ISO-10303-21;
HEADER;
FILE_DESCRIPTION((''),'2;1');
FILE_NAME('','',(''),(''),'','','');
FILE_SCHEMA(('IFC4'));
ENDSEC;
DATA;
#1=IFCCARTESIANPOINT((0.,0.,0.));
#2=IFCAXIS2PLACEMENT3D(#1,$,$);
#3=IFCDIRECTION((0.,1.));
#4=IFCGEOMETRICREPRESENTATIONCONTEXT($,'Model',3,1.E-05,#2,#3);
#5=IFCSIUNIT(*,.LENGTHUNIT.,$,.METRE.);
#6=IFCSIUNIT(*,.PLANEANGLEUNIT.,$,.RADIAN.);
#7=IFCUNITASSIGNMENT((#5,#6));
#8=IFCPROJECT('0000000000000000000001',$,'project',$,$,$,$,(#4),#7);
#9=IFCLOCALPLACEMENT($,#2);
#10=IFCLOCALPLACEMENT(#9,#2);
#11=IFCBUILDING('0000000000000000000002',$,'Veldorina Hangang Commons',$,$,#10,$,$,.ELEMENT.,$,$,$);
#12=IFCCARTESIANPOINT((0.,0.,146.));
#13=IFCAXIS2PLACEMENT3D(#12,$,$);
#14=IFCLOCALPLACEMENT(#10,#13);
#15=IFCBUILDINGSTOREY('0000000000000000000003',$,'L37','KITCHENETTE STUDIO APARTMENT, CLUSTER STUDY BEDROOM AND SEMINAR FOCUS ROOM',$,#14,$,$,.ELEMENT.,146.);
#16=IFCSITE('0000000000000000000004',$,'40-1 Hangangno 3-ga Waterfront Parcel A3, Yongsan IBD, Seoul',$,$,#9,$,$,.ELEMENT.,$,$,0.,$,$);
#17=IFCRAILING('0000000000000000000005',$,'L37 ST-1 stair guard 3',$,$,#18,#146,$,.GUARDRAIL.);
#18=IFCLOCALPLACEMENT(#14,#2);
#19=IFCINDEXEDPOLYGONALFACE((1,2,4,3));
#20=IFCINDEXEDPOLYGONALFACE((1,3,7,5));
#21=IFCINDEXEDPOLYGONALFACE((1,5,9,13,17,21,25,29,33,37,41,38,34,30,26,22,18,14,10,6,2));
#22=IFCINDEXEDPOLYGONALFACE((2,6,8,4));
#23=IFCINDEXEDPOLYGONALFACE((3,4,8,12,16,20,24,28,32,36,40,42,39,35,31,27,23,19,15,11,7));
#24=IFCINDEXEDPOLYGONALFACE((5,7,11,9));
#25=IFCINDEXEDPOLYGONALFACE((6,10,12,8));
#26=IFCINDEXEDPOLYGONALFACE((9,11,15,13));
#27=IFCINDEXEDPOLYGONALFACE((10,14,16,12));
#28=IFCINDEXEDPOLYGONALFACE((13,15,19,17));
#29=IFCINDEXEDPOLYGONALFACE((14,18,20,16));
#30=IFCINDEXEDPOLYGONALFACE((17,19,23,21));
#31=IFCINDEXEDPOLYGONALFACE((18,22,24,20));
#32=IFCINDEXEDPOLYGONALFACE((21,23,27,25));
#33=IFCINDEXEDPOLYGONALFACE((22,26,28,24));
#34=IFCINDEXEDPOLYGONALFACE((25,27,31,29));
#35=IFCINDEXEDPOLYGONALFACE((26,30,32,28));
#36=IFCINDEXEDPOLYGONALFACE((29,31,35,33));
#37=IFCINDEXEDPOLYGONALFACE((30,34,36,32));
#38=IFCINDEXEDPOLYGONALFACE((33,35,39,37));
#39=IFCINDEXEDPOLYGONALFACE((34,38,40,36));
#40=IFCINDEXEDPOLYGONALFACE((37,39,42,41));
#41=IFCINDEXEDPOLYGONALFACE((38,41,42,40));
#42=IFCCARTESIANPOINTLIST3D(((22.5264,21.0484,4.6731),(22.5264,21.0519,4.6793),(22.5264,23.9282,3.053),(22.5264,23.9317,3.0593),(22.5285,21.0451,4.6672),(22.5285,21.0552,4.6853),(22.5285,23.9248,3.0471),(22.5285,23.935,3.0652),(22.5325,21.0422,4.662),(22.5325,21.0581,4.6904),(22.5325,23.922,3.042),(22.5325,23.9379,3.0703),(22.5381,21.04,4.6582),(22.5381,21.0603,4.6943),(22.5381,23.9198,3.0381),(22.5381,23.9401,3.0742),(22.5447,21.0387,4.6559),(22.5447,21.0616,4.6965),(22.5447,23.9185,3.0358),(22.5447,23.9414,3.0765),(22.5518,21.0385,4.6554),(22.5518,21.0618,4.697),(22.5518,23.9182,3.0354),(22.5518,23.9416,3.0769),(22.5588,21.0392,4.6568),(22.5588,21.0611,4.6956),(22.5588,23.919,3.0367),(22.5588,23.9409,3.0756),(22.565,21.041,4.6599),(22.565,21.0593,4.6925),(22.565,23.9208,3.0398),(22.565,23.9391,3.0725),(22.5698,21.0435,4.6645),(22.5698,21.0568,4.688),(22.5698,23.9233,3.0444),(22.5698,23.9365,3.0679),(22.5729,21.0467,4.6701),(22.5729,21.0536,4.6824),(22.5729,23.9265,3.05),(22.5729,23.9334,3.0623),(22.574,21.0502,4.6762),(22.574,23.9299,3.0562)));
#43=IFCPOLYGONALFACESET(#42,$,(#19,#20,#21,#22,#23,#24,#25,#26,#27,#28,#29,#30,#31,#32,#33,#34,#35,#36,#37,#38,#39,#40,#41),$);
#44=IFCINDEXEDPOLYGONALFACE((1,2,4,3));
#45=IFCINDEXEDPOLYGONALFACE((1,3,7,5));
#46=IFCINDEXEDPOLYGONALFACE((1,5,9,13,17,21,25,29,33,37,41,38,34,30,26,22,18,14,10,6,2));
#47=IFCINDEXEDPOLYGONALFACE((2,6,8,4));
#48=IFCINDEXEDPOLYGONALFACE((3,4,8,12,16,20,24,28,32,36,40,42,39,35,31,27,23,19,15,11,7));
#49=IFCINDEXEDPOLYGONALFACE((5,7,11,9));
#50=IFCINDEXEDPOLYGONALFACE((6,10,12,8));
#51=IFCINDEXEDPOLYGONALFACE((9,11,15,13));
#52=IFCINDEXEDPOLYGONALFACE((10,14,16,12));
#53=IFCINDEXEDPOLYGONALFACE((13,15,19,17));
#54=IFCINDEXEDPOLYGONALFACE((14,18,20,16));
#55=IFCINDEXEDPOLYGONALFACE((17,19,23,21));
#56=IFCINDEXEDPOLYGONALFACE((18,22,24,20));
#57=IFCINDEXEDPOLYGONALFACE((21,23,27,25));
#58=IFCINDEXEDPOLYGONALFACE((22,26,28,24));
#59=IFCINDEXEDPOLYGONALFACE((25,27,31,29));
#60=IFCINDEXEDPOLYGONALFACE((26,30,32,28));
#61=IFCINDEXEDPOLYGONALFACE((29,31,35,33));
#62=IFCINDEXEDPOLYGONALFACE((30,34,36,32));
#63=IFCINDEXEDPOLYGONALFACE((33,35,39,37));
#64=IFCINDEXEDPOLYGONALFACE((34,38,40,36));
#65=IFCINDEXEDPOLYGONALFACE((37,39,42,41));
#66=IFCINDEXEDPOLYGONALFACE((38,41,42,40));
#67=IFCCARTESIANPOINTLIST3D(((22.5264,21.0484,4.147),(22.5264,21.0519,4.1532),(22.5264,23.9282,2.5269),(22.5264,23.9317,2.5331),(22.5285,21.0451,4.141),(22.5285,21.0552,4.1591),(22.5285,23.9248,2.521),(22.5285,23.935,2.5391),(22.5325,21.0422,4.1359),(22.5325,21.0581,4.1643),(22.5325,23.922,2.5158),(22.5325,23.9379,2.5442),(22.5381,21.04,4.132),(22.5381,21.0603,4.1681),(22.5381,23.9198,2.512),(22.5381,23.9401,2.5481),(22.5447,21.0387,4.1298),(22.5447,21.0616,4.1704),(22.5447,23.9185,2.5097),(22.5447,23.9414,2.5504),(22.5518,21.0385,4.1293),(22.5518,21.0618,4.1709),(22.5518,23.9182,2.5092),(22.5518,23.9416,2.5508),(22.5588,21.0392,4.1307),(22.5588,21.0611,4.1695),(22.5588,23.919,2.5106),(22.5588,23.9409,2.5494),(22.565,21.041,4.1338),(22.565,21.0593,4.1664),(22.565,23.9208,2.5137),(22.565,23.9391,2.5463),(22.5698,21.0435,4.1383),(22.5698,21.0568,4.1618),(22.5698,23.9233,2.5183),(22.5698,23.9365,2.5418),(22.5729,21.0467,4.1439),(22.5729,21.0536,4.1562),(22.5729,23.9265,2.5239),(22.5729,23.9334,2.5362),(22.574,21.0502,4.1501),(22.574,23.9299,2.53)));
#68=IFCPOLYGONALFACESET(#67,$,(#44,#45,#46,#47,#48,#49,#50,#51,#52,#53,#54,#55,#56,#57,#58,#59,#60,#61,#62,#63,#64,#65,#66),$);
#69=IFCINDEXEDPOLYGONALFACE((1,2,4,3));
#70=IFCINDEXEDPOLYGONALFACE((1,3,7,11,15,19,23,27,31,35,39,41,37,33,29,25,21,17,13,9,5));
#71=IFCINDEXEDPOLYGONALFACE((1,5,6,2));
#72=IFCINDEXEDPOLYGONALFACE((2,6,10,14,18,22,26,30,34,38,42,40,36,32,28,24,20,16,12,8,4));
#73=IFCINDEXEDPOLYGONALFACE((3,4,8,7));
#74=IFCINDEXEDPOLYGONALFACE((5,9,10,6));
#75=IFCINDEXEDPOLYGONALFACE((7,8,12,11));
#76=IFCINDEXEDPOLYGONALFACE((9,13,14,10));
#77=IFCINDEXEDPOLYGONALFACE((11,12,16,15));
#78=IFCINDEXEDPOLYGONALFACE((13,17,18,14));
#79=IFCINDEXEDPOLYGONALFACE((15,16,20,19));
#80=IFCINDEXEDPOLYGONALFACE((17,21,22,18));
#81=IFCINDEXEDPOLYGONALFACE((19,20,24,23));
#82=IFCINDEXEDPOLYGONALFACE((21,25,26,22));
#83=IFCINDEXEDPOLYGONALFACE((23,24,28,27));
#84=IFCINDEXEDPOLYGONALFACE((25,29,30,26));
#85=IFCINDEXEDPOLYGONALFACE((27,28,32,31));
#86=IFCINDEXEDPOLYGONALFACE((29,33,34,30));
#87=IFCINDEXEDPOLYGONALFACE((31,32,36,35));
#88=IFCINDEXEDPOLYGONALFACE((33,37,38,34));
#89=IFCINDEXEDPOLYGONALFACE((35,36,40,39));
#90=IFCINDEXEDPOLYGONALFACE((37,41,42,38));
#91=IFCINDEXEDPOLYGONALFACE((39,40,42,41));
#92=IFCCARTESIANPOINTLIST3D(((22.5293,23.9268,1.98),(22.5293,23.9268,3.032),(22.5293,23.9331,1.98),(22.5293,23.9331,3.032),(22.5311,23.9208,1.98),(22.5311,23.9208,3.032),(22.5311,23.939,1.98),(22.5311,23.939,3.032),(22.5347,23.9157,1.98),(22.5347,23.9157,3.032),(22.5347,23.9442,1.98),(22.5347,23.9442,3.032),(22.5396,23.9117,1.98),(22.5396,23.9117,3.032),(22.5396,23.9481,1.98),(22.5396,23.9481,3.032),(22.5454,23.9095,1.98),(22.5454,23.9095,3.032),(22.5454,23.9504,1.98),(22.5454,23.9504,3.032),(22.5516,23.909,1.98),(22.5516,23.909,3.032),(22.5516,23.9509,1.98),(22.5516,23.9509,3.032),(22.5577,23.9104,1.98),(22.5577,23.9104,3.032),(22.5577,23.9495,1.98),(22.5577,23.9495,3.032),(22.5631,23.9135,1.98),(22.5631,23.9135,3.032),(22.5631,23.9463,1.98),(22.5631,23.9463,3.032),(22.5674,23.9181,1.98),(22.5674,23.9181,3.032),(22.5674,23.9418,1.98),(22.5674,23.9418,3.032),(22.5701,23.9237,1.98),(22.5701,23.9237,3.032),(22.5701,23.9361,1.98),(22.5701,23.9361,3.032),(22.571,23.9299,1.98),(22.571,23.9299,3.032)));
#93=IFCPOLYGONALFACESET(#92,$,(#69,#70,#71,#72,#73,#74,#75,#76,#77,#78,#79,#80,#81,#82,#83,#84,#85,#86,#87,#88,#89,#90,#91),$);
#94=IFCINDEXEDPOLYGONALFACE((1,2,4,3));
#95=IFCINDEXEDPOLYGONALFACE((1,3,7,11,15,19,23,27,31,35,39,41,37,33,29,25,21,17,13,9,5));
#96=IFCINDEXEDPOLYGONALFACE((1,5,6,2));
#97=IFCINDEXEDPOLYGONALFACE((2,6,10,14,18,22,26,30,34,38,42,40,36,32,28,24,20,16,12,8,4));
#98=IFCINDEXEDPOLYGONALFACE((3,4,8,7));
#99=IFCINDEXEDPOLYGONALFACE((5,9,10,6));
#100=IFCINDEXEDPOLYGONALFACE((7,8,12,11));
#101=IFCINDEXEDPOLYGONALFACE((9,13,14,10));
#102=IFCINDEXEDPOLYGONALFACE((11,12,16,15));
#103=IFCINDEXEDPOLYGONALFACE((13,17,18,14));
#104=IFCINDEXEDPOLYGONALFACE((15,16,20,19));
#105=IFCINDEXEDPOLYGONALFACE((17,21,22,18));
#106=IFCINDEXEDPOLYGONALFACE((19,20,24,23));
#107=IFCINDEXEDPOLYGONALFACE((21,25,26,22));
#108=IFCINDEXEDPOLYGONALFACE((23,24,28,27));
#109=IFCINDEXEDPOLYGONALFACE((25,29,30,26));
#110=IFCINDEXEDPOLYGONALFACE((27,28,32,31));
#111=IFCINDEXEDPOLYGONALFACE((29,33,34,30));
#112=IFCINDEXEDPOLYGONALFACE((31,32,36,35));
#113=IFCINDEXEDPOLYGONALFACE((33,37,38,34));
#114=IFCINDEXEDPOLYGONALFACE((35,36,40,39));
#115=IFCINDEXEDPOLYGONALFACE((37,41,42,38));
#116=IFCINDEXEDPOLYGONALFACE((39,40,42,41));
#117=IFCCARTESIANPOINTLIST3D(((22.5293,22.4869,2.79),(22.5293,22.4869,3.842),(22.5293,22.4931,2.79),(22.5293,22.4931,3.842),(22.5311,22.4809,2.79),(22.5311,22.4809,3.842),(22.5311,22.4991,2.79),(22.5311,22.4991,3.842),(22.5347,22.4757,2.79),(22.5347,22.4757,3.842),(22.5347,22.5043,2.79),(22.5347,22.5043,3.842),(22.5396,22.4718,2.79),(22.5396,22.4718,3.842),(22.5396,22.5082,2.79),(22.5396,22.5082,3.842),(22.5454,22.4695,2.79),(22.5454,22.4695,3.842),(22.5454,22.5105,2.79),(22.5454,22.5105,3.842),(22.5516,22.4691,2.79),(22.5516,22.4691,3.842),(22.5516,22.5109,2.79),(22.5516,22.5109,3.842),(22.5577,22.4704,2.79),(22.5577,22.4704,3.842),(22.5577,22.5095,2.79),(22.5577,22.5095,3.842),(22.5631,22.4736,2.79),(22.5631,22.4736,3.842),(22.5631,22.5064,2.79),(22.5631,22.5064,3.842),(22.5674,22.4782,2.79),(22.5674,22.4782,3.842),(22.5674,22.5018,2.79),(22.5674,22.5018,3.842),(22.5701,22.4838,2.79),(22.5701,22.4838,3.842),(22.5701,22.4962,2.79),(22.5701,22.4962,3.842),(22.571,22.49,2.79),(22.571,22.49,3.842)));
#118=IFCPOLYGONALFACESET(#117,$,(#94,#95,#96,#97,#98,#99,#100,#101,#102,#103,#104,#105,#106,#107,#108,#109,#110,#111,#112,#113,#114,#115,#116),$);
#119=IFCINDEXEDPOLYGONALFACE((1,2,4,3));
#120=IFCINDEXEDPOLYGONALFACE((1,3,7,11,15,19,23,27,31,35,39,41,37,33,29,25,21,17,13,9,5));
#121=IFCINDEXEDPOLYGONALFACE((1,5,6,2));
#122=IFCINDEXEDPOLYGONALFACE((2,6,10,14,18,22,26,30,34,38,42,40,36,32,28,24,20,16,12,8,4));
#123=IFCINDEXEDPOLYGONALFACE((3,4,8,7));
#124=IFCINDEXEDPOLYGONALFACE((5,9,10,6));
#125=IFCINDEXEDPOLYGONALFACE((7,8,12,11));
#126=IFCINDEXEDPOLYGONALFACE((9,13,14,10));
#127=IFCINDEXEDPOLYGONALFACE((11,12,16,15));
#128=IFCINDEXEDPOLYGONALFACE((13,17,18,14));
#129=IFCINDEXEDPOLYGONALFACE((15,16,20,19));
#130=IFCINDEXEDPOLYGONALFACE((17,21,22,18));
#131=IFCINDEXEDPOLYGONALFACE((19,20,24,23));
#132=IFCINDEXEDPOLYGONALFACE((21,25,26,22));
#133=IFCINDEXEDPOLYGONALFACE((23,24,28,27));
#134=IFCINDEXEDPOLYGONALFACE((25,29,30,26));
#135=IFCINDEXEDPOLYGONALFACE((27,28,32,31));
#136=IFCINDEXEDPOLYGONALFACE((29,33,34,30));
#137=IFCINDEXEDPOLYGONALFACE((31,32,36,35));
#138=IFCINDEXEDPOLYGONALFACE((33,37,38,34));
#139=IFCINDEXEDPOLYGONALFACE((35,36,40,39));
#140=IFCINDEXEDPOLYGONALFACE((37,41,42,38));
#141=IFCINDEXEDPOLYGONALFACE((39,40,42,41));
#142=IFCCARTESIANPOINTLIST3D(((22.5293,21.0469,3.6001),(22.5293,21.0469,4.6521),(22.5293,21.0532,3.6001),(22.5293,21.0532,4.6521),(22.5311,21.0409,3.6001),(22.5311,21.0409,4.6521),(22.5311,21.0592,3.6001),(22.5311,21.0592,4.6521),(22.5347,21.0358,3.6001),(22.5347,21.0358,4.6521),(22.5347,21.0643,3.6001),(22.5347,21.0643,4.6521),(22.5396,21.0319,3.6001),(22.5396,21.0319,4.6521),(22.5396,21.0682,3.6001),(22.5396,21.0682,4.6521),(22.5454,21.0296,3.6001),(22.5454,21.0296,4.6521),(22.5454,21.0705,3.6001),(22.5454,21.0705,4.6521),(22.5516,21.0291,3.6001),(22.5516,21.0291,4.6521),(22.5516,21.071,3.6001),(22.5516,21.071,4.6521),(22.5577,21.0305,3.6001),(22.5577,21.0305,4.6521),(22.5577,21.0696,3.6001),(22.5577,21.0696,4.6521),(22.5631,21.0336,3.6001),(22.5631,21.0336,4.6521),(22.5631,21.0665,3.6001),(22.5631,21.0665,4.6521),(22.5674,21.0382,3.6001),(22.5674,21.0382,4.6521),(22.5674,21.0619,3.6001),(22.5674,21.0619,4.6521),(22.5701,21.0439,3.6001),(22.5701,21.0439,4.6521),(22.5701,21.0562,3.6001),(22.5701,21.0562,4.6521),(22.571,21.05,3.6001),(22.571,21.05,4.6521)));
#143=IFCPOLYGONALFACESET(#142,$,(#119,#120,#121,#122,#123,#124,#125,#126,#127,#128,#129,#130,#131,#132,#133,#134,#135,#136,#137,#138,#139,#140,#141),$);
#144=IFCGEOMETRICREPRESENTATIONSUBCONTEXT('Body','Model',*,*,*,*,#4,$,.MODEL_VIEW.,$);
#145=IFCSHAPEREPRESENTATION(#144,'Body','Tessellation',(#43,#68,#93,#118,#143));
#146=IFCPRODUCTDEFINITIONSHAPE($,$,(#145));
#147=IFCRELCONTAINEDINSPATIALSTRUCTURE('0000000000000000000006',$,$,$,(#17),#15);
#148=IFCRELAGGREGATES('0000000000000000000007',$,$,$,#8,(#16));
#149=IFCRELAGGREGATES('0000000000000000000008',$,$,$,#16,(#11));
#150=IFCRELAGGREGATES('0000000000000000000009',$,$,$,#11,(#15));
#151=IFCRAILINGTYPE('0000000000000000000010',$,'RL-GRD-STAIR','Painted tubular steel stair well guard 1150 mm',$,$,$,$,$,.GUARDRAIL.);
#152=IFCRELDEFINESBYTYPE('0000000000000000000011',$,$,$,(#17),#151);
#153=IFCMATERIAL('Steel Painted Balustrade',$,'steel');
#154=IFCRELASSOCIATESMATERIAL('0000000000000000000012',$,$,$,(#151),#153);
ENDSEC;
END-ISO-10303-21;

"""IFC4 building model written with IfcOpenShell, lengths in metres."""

from ifc_helpers import new_model, si_unit, direction, frame, origin, origin_2d, place, context, subcontext, project, spatial, circle, extrude, material, type_object, element, save


model = new_model("IFC4")

# Units and contexts
model_context = context("Model", 3, precision=1e-05, world=origin(), true_north=direction((0.0, 1.0)))
body_context = subcontext(model_context, "Body", "Model", "MODEL_VIEW")
ifc_project = project(units=[si_unit("LENGTHUNIT", "METRE"), si_unit("PLANEANGLEUNIT", "RADIAN")], contexts=[model_context])

# Site, building, storey
site_placement = place(None, origin())
site = spatial("IfcSite", under=ifc_project, at=site_placement, Name="40-1 Hangangno 3-ga Waterfront Parcel A3, Yongsan IBD, Seoul", CompositionType="ELEMENT", RefElevation=0.0)
building_placement = place(site_placement, origin())
building = spatial("IfcBuilding", under=site, at=building_placement, Name="Veldorina Hangang Commons", CompositionType="ELEMENT")
storey_placement = place(building_placement, frame((0.0, 0.0, 146.0)))
storey = spatial("IfcBuildingStorey", under=building, at=storey_placement, Name="L37", Description="KITCHENETTE STUDIO APARTMENT, CLUSTER STUDY BEDROOM AND SEMINAR FOCUS ROOM", CompositionType="ELEMENT", Elevation=146.0)

# Railing
ifc_material_1 = material(Name="Steel Painted Balustrade", Category="steel")
railing_type_1 = type_object("IfcRailingType", Name="RL-GRD-STAIR", Description="Painted tubular steel stair well guard 1150 mm", PredefinedType="GUARDRAIL", material=ifc_material_1)
railing_1_placement = place(storey_placement, frame((22.55, 23.9299, 1.98)))
element("IfcRailing", 1, at=railing_1_placement, inside=storey, type_object=railing_type_1, Name="L37 ST-1 stair guard 3", PredefinedType="GUARDRAIL", context=body_context, shape_type="SweptSolid", body=[
    extrude(circle(Radius=0.0239, at=origin_2d()), frame((0.0, 0.0, 1.0762), z_axis=(0.0, -0.871552, 0.490303), x_axis=(1.0, 0.0, 0.0)), (0.0, 0.0, 1.0), 3.3042),
    extrude(circle(Radius=0.0239, at=origin_2d()), frame((0.0, 0.0, 0.55), z_axis=(0.0, -0.871552, 0.490303), x_axis=(1.0, 0.0, 0.0)), (0.0, 0.0, 1.0), 3.3042),
    extrude(circle(Radius=0.021, at=origin_2d()), origin(), (0.0, 0.0, 1.0), 1.052),
    extrude(circle(Radius=0.021, at=origin_2d()), frame((0.0, -1.4399, 0.8101)), (0.0, 0.0, 1.0), 1.052),
    extrude(circle(Radius=0.021, at=origin_2d()), frame((0.0, -2.8799, 1.6201)), (0.0, 0.0, 1.0), 1.052),
])

save(model, "model.ifc")
